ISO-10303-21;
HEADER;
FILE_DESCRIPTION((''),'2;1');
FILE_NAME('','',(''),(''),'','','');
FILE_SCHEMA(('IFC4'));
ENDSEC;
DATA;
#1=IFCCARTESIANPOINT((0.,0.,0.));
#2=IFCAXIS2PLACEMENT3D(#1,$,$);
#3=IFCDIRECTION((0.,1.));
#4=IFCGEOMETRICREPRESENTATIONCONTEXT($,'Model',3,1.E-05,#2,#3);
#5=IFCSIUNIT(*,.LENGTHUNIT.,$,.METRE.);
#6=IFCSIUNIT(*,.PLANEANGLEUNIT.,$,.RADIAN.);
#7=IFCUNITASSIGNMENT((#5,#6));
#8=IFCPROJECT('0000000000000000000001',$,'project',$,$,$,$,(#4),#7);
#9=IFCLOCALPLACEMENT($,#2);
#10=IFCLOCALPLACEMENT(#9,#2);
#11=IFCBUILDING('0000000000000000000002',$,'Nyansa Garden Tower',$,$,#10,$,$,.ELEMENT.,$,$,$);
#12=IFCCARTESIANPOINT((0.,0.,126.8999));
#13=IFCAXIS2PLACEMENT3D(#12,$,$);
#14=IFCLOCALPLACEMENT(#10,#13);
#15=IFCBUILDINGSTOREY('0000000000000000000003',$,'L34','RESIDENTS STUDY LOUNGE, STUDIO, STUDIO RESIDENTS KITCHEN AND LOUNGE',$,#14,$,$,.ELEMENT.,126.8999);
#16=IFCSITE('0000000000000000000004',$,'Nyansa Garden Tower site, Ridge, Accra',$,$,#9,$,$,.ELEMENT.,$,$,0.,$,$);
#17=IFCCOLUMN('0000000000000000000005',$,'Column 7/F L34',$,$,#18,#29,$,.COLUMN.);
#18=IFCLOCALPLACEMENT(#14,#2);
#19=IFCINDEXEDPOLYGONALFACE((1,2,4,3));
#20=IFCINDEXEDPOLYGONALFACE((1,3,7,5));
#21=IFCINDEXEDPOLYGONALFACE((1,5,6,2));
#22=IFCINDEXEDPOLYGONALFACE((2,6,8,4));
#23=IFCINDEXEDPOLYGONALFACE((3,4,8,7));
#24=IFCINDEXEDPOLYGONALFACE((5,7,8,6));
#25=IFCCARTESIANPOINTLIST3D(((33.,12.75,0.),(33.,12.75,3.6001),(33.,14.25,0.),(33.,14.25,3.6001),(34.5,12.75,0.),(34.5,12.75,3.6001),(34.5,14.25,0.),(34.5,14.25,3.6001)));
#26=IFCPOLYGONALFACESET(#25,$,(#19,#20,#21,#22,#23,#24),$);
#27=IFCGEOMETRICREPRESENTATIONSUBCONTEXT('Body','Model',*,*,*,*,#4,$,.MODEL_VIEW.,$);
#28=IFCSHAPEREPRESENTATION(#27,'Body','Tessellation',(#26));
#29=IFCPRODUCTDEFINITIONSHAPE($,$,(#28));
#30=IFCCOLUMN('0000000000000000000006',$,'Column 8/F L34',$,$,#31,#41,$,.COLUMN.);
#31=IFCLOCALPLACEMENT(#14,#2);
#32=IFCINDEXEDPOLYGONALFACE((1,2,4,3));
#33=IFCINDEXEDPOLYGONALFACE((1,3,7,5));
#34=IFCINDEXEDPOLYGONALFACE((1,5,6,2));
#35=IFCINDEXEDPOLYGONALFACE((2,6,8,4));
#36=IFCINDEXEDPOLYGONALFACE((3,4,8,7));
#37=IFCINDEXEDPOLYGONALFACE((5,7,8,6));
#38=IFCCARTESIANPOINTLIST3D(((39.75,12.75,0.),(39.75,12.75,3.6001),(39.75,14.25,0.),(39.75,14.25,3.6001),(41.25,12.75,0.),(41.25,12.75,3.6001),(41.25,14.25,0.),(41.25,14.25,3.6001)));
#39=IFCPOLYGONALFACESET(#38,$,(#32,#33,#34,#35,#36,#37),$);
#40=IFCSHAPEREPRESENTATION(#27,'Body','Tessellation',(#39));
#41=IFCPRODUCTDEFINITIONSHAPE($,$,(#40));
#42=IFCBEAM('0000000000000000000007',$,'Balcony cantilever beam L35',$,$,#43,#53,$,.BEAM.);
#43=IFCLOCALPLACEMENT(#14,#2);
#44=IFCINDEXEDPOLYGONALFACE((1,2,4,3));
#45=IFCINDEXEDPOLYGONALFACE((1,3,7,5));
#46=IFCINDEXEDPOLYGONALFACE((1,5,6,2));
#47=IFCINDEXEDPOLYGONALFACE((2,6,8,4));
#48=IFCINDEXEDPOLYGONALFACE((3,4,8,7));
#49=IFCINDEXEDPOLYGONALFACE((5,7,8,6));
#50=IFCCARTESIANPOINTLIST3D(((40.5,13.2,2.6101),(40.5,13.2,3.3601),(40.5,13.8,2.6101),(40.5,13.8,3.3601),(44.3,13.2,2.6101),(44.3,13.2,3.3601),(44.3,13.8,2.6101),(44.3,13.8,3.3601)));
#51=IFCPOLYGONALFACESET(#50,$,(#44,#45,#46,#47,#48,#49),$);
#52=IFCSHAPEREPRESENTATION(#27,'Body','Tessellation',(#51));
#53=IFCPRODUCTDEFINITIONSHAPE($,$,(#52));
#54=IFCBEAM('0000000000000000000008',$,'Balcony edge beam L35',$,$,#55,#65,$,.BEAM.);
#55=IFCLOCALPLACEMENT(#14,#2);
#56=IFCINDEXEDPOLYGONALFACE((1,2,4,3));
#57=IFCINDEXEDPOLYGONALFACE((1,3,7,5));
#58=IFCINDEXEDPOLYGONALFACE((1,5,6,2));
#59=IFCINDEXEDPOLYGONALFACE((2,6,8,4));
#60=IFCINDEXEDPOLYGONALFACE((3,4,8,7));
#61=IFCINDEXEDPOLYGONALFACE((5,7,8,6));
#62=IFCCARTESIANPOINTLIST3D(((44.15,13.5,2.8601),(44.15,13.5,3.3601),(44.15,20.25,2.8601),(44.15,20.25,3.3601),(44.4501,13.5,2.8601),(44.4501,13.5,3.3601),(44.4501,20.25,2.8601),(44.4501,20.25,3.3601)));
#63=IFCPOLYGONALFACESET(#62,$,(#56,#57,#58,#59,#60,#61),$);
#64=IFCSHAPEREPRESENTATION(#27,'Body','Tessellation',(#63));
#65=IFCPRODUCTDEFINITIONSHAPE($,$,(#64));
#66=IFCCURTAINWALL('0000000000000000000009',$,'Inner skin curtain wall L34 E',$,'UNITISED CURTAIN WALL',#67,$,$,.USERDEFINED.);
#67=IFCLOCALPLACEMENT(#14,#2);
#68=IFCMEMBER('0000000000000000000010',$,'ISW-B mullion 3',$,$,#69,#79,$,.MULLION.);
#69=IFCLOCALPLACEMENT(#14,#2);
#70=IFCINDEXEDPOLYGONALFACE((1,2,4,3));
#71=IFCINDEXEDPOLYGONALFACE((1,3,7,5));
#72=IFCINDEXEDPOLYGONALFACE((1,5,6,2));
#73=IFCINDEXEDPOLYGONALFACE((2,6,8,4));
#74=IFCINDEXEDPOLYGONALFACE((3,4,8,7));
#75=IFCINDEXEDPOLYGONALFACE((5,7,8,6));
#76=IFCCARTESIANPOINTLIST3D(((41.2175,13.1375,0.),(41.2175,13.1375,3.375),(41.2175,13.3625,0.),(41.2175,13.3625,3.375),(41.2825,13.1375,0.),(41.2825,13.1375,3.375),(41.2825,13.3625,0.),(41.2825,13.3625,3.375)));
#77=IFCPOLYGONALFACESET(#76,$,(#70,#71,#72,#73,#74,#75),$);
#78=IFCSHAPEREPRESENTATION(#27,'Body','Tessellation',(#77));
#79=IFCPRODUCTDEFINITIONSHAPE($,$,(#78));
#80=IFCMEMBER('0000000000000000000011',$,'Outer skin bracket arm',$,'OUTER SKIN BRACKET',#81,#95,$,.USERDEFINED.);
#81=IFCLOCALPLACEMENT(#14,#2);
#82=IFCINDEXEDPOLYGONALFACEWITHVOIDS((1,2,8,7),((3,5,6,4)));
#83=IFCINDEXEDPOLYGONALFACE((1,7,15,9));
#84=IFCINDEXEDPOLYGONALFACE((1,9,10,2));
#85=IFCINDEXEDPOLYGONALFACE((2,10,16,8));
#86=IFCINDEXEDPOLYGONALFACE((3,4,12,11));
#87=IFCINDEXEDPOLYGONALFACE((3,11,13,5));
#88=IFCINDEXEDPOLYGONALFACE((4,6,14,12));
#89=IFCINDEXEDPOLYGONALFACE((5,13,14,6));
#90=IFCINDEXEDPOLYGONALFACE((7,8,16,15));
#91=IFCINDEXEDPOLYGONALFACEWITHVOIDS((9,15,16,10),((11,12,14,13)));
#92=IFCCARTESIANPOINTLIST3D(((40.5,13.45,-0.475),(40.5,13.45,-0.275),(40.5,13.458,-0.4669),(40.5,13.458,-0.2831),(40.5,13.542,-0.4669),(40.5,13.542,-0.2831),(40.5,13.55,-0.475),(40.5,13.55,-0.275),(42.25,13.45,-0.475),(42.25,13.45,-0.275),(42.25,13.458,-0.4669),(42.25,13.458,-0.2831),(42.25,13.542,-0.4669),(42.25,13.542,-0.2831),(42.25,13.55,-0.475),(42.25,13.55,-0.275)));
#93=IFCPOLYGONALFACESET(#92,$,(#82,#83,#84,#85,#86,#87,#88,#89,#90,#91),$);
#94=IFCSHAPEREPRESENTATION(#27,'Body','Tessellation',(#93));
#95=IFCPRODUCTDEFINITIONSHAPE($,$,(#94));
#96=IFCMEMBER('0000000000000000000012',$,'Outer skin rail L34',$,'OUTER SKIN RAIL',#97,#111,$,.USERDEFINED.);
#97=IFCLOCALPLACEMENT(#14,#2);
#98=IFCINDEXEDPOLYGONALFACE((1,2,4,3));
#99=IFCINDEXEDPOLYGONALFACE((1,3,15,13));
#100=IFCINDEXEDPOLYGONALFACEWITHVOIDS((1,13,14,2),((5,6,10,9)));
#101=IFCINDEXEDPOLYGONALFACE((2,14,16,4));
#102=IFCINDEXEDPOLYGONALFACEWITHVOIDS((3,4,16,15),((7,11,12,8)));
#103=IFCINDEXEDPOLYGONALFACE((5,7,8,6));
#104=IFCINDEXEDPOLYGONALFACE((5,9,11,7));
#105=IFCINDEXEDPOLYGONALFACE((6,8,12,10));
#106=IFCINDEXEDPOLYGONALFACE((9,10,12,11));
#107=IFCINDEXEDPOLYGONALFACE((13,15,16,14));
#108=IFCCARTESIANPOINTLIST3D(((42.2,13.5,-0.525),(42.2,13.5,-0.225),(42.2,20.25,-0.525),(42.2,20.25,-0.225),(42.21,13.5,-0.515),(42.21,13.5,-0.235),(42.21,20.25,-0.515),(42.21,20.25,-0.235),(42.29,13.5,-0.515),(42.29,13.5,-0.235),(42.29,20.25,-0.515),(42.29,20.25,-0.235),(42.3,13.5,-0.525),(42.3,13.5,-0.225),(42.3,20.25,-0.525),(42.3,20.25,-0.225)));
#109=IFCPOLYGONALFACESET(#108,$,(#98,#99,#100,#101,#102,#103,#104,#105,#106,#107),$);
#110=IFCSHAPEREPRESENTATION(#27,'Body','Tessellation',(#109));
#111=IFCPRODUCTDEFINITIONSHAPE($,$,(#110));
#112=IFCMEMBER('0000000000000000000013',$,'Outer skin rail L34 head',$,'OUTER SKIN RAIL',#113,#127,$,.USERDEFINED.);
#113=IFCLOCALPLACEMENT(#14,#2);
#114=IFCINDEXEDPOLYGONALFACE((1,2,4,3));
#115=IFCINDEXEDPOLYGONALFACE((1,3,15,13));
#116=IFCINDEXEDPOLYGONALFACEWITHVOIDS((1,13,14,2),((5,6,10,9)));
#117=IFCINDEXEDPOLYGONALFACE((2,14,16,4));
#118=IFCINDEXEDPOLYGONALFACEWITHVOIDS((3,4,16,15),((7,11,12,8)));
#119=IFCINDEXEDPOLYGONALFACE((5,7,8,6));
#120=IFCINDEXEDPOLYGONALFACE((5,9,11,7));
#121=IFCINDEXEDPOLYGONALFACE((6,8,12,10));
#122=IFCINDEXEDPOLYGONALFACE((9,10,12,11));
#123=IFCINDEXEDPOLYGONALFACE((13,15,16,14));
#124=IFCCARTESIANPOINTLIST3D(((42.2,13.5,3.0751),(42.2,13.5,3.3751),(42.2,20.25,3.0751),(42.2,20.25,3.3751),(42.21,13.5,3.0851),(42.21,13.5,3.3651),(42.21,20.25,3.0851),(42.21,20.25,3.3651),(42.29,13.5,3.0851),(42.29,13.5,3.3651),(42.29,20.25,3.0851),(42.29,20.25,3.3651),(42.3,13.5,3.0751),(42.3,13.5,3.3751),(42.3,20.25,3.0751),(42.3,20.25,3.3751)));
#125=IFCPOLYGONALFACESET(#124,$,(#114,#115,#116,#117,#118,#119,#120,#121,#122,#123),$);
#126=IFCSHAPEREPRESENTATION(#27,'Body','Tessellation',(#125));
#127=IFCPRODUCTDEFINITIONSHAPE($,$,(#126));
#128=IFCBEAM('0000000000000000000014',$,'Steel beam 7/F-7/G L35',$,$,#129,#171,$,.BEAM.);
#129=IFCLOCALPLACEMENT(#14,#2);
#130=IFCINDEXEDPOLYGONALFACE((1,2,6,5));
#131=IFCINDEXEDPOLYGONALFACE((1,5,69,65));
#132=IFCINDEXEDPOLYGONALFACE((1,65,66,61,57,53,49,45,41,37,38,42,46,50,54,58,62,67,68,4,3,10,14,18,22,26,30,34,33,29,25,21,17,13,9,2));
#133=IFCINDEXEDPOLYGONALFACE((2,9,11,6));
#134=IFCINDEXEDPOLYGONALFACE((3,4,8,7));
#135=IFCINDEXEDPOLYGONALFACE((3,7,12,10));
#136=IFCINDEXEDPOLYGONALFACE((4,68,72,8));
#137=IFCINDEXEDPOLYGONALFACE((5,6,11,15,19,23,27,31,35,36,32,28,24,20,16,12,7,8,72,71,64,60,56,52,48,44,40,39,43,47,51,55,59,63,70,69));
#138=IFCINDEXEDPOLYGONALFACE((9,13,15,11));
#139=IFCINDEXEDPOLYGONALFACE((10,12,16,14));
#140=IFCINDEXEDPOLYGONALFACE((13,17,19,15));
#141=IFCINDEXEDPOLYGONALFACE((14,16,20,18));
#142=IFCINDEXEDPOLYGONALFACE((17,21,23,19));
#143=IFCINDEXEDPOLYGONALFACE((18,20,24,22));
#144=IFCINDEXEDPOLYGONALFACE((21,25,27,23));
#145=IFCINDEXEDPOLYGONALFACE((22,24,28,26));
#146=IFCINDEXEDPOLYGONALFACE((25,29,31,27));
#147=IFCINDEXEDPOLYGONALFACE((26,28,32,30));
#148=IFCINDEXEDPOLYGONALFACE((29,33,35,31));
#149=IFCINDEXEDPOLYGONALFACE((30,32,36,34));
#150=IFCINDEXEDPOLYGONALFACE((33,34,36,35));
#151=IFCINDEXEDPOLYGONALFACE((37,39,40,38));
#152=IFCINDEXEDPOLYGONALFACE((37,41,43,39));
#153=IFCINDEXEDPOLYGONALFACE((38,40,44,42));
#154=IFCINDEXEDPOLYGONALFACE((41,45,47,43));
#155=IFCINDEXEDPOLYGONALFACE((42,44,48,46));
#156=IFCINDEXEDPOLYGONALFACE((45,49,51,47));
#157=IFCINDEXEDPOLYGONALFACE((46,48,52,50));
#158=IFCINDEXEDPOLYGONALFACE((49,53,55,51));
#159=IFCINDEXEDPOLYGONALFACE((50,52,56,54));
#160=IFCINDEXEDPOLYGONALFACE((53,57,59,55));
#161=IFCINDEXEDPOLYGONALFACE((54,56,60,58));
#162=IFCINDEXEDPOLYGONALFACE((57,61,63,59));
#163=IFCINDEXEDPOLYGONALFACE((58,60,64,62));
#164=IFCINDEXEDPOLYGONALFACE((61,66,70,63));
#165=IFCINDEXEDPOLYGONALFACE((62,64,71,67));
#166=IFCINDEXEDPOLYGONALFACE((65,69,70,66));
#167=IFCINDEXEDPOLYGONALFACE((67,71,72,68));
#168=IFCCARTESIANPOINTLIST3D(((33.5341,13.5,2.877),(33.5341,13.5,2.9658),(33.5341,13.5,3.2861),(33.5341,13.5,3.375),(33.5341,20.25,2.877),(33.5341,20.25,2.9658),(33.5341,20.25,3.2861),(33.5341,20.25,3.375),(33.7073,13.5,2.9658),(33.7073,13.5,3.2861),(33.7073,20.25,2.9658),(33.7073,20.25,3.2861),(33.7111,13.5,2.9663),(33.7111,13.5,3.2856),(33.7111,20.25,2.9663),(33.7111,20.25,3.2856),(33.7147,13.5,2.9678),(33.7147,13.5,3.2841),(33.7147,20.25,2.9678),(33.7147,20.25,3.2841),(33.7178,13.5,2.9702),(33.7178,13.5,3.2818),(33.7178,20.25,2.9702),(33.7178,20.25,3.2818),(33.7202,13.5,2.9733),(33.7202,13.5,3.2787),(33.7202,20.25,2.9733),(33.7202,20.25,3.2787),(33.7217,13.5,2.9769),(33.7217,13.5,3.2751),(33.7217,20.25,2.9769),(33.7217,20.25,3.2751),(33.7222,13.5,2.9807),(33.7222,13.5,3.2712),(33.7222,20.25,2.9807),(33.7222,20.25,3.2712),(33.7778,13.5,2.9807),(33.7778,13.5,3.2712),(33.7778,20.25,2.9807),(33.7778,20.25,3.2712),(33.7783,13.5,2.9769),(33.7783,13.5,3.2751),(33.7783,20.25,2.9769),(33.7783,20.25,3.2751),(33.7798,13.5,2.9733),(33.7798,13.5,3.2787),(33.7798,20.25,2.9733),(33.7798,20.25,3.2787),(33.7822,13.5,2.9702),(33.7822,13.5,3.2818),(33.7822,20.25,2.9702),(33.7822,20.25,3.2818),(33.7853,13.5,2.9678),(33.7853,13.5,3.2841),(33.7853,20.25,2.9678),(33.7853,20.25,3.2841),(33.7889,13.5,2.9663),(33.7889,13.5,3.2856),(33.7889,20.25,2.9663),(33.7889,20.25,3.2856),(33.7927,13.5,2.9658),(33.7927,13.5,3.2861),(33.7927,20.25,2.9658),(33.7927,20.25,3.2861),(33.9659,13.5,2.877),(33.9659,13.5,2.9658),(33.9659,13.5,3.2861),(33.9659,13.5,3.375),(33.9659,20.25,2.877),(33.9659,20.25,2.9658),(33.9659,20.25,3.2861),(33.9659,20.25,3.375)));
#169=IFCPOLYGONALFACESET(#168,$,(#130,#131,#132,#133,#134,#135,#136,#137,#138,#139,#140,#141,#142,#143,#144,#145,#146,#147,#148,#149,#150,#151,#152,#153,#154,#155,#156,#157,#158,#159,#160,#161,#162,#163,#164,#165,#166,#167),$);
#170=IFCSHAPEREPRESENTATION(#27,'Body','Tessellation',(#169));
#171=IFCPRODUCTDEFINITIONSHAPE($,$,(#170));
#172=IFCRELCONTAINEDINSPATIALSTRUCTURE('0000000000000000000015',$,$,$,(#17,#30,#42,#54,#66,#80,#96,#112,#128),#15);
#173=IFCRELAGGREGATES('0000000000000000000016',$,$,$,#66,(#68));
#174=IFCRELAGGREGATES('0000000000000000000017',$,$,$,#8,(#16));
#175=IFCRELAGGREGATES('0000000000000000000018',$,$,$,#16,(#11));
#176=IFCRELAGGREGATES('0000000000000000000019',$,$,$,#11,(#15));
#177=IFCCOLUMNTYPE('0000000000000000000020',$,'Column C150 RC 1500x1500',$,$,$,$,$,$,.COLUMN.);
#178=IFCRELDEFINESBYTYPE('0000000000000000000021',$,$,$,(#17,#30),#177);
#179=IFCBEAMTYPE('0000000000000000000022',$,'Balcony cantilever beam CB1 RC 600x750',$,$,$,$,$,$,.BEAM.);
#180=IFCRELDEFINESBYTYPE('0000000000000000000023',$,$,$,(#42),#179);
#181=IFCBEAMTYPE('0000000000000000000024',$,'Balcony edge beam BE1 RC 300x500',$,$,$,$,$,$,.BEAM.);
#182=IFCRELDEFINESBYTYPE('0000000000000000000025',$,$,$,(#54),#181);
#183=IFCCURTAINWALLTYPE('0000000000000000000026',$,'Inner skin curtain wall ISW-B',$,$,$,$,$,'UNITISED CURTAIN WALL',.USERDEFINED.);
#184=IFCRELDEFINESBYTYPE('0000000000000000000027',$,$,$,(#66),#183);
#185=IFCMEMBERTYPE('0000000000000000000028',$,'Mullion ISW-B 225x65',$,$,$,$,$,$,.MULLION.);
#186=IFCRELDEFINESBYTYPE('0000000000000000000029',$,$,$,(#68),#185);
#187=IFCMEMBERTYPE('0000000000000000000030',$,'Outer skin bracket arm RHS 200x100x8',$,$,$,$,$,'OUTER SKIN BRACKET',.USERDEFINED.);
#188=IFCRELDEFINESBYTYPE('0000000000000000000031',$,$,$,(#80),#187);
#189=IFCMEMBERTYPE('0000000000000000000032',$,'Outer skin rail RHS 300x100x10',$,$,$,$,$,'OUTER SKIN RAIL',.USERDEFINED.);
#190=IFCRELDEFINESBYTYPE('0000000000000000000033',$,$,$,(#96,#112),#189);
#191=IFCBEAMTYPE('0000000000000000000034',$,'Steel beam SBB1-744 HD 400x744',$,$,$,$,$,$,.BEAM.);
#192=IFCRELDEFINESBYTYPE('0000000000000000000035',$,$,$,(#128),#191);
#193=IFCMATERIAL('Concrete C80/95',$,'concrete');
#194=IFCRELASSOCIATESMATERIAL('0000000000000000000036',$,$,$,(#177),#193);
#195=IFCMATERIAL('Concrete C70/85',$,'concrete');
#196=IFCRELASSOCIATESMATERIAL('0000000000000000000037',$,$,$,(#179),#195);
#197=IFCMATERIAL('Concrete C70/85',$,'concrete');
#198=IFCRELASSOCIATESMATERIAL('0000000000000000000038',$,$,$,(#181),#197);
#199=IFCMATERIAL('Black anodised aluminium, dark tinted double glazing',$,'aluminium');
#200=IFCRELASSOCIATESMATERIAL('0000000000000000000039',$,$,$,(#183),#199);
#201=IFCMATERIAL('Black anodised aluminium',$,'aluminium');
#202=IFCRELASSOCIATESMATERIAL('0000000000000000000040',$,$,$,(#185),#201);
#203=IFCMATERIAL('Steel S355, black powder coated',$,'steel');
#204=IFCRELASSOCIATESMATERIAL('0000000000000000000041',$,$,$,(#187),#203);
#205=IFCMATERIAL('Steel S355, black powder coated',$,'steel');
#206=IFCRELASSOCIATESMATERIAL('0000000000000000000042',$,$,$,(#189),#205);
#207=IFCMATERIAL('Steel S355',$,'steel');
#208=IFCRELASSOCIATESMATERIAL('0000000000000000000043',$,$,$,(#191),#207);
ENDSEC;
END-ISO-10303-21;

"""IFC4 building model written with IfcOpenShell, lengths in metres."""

from ifc_helpers import new_model, si_unit, direction, frame, origin, origin_2d, place, context, subcontext, project, spatial, rectangle, hollow_rectangle, i_section, extrude, material, material_profile, profile_set, type_object, element, aggregate, save


model = new_model("IFC4")

# Units and contexts
model_context = context("Model", 3, precision=1e-05, world=origin(), true_north=direction((0.0, 1.0)))
body_context = subcontext(model_context, "Body", "Model", "MODEL_VIEW")
ifc_project = project(units=[si_unit("LENGTHUNIT", "METRE"), si_unit("PLANEANGLEUNIT", "RADIAN")], contexts=[model_context])

# Site, building, storey
site_placement = place(None, origin())
site = spatial("IfcSite", under=ifc_project, at=site_placement, Name="Nyansa Garden Tower site, Ridge, Accra", CompositionType="ELEMENT", RefElevation=0.0)
building_placement = place(site_placement, origin())
building = spatial("IfcBuilding", under=site, at=building_placement, Name="Nyansa Garden Tower", CompositionType="ELEMENT")
storey_placement = place(building_placement, frame((0.0, 0.0, 126.8999)))
storey = spatial("IfcBuildingStorey", under=building, at=storey_placement, Name="L34", Description="RESIDENTS STUDY LOUNGE, STUDIO, STUDIO RESIDENTS KITCHEN AND LOUNGE", CompositionType="ELEMENT", Elevation=126.8999)

# Columns
ifc_material_1 = material(Name="Concrete C80/95", Category="concrete")
ifc_material_profile_1 = material_profile(ifc_material_1, rectangle(XDim=1.5, YDim=1.5, at=origin_2d()), Name="RC 1500x1500")
ifc_profile_set_1 = profile_set([ifc_material_profile_1], Name="Concrete C80/95")
column_type = type_object("IfcColumnType", Name="Column C150 RC 1500x1500", PredefinedType="COLUMN", material=ifc_profile_set_1)
for number, where, z_axis, x_axis, name in (
    (1, (33.75, 13.5, 0.0), (0.0, 0.0, 1.0), (1.0, 0.0, 0.0), "Column 7/F L34"),
    (2, (40.5, 13.5, 0.0), (0.0, 0.0, 1.0), (1.0, 0.0, 0.0), "Column 8/F L34"),
):
    element("IfcColumn", number, at=place(storey_placement, frame(where, z_axis=z_axis, x_axis=x_axis)), inside=storey, type_object=column_type, Name=name, PredefinedType="COLUMN", context=body_context, shape_type="SweptSolid", body=[
        extrude(rectangle(XDim=1.5, YDim=1.5, at=origin_2d()), origin(), (0.0, 0.0, 1.0), 3.6001),
    ])

# Beams
ifc_material_2 = material(Name="Concrete C70/85", Category="concrete")
ifc_material_profile_2 = material_profile(ifc_material_2, rectangle(XDim=0.6001, YDim=0.75, at=origin_2d()), Name="RC 600x750")
ifc_profile_set_2 = profile_set([ifc_material_profile_2], Name="Concrete C70/85")
beam_type_1 = type_object("IfcBeamType", Name="Balcony cantilever beam CB1 RC 600x750", PredefinedType="BEAM", material=ifc_profile_set_2)
beam_1_placement = place(storey_placement, frame((40.5, 13.5, 2.9851), z_axis=(1.0, 0.0, 0.0), x_axis=(0.0, 1.0, 0.0)))
element("IfcBeam", 3, at=beam_1_placement, inside=storey, type_object=beam_type_1, Name="Balcony cantilever beam L35", PredefinedType="BEAM", context=body_context, shape_type="SweptSolid", body=[
    extrude(rectangle(XDim=0.6001, YDim=0.75, at=origin_2d()), origin(), (0.0, 0.0, 1.0), 3.8),
])
ifc_material_3 = material(Name="Concrete C70/85", Category="concrete")
ifc_material_profile_3 = material_profile(ifc_material_3, rectangle(XDim=0.3, YDim=0.5, at=origin_2d()), Name="RC 300x500")
ifc_profile_set_3 = profile_set([ifc_material_profile_3], Name="Concrete C70/85")
beam_type_2 = type_object("IfcBeamType", Name="Balcony edge beam BE1 RC 300x500", PredefinedType="BEAM", material=ifc_profile_set_3)
beam_2_placement = place(storey_placement, frame((44.3, 13.5, 3.1101), z_axis=(0.0, 1.0, 0.0), x_axis=(-1.0, 0.0, 0.0)))
element("IfcBeam", 4, at=beam_2_placement, inside=storey, type_object=beam_type_2, Name="Balcony edge beam L35", PredefinedType="BEAM", context=body_context, shape_type="SweptSolid", body=[
    extrude(rectangle(XDim=0.3, YDim=0.5, at=origin_2d()), origin(), (0.0, 0.0, 1.0), 6.75),
])

# Curtain wall, member
ifc_material_4 = material(Name="Black anodised aluminium, dark tinted double glazing", Category="aluminium")
curtain_wall_type = type_object("IfcCurtainWallType", Name="Inner skin curtain wall ISW-B", ElementType="UNITISED CURTAIN WALL", PredefinedType="USERDEFINED", material=ifc_material_4)
curtain_wall_placement = place(storey_placement, origin())
curtain_wall = element("IfcCurtainWall", 5, at=curtain_wall_placement, inside=storey, type_object=curtain_wall_type, Name="Inner skin curtain wall L34 E", ObjectType="UNITISED CURTAIN WALL", PredefinedType="USERDEFINED")
ifc_material_5 = material(Name="Black anodised aluminium", Category="aluminium")
ifc_material_profile_4 = material_profile(ifc_material_5, rectangle(XDim=0.0649, YDim=0.2251, at=origin_2d()), Name="Mullion 225x65")
ifc_profile_set_4 = profile_set([ifc_material_profile_4], Name="Black anodised aluminium")
member_type_1 = type_object("IfcMemberType", Name="Mullion ISW-B 225x65", PredefinedType="MULLION", material=ifc_profile_set_4)
member_1_placement = place(storey_placement, frame((41.25, 13.25, 0.0), z_axis=(0.0, 0.0, 1.0), x_axis=(-1.0, 0.0, 0.0)))
member_1 = element("IfcMember", 6, at=member_1_placement, type_object=member_type_1, Name="ISW-B mullion 3", PredefinedType="MULLION", context=body_context, shape_type="SweptSolid", body=[
    extrude(rectangle(XDim=0.0649, YDim=0.2251, at=origin_2d()), origin(), (0.0, 0.0, 1.0), 3.375),
])

# Members
ifc_material_6 = material(Name="Steel S355, black powder coated", Category="steel")
ifc_material_profile_5 = material_profile(ifc_material_6, hollow_rectangle(XDim=0.1001, YDim=0.2, WallThickness=0.0081, at=origin_2d()), Name="RHS 200x100x8")
ifc_profile_set_5 = profile_set([ifc_material_profile_5], Name="Steel S355, black powder coated")
member_type_2 = type_object("IfcMemberType", Name="Outer skin bracket arm RHS 200x100x8", ElementType="OUTER SKIN BRACKET", PredefinedType="USERDEFINED", material=ifc_profile_set_5)
member_2_placement = place(storey_placement, frame((40.5, 13.5, -0.375), z_axis=(1.0, 0.0, 0.0), x_axis=(0.0, 1.0, 0.0)))
element("IfcMember", 7, at=member_2_placement, inside=storey, type_object=member_type_2, Name="Outer skin bracket arm", ObjectType="OUTER SKIN BRACKET", PredefinedType="USERDEFINED", context=body_context, shape_type="SweptSolid", body=[
    extrude(hollow_rectangle(XDim=0.1001, YDim=0.2, WallThickness=0.0081, at=origin_2d()), origin(), (0.0, 0.0, 1.0), 1.75),
])
ifc_material_7 = material(Name="Steel S355, black powder coated", Category="steel")
ifc_material_profile_6 = material_profile(ifc_material_7, hollow_rectangle(XDim=0.1001, YDim=0.3, WallThickness=0.01, at=origin_2d()), Name="RHS 300x100x10")
ifc_profile_set_6 = profile_set([ifc_material_profile_6], Name="Steel S355, black powder coated")
member_type_3 = type_object("IfcMemberType", Name="Outer skin rail RHS 300x100x10", ElementType="OUTER SKIN RAIL", PredefinedType="USERDEFINED", material=ifc_profile_set_6)
for number, where, z_axis, x_axis, name in (
    (8, (42.25, 13.5, -0.375), (0.0, 1.0, 0.0), (-1.0, 0.0, 0.0), "Outer skin rail L34"),
    (9, (42.25, 13.5, 3.2251), (0.0, 1.0, 0.0), (-1.0, 0.0, 0.0), "Outer skin rail L34 head"),
):
    element("IfcMember", number, at=place(storey_placement, frame(where, z_axis=z_axis, x_axis=x_axis)), inside=storey, type_object=member_type_3, Name=name, ObjectType="OUTER SKIN RAIL", PredefinedType="USERDEFINED", context=body_context, shape_type="SweptSolid", body=[
        extrude(hollow_rectangle(XDim=0.1001, YDim=0.3, WallThickness=0.01, at=origin_2d()), origin(), (0.0, 0.0, 1.0), 6.75),
    ])

# Beam
ifc_material_8 = material(Name="Steel S355", Category="steel")
ifc_material_profile_7 = material_profile(ifc_material_8, i_section(OverallWidth=0.4319, OverallDepth=0.498, WebThickness=0.0557, FlangeThickness=0.0889, FilletRadius=0.0149, at=origin_2d()), Name="HD 400x744")
ifc_profile_set_7 = profile_set([ifc_material_profile_7], Name="Steel S355")
beam_type_3 = type_object("IfcBeamType", Name="Steel beam SBB1-744 HD 400x744", PredefinedType="BEAM", material=ifc_profile_set_7)
for number, where, z_axis, x_axis, name in (
    (10, (33.75, 13.5, 3.126), (0.0, 1.0, 0.0), (-1.0, 0.0, 0.0), "Steel beam 7/F-7/G L35"),
):
    element("IfcBeam", number, at=place(storey_placement, frame(where, z_axis=z_axis, x_axis=x_axis)), inside=storey, type_object=beam_type_3, Name=name, PredefinedType="BEAM", context=body_context, shape_type="SweptSolid", body=[
        extrude(i_section(OverallWidth=0.4319, OverallDepth=0.498, WebThickness=0.0557, FlangeThickness=0.0889, FilletRadius=0.0149, at=origin_2d()), origin(), (0.0, 0.0, 1.0), 6.75),
    ])

aggregate(curtain_wall, [member_1])

save(model, "model.ifc")
